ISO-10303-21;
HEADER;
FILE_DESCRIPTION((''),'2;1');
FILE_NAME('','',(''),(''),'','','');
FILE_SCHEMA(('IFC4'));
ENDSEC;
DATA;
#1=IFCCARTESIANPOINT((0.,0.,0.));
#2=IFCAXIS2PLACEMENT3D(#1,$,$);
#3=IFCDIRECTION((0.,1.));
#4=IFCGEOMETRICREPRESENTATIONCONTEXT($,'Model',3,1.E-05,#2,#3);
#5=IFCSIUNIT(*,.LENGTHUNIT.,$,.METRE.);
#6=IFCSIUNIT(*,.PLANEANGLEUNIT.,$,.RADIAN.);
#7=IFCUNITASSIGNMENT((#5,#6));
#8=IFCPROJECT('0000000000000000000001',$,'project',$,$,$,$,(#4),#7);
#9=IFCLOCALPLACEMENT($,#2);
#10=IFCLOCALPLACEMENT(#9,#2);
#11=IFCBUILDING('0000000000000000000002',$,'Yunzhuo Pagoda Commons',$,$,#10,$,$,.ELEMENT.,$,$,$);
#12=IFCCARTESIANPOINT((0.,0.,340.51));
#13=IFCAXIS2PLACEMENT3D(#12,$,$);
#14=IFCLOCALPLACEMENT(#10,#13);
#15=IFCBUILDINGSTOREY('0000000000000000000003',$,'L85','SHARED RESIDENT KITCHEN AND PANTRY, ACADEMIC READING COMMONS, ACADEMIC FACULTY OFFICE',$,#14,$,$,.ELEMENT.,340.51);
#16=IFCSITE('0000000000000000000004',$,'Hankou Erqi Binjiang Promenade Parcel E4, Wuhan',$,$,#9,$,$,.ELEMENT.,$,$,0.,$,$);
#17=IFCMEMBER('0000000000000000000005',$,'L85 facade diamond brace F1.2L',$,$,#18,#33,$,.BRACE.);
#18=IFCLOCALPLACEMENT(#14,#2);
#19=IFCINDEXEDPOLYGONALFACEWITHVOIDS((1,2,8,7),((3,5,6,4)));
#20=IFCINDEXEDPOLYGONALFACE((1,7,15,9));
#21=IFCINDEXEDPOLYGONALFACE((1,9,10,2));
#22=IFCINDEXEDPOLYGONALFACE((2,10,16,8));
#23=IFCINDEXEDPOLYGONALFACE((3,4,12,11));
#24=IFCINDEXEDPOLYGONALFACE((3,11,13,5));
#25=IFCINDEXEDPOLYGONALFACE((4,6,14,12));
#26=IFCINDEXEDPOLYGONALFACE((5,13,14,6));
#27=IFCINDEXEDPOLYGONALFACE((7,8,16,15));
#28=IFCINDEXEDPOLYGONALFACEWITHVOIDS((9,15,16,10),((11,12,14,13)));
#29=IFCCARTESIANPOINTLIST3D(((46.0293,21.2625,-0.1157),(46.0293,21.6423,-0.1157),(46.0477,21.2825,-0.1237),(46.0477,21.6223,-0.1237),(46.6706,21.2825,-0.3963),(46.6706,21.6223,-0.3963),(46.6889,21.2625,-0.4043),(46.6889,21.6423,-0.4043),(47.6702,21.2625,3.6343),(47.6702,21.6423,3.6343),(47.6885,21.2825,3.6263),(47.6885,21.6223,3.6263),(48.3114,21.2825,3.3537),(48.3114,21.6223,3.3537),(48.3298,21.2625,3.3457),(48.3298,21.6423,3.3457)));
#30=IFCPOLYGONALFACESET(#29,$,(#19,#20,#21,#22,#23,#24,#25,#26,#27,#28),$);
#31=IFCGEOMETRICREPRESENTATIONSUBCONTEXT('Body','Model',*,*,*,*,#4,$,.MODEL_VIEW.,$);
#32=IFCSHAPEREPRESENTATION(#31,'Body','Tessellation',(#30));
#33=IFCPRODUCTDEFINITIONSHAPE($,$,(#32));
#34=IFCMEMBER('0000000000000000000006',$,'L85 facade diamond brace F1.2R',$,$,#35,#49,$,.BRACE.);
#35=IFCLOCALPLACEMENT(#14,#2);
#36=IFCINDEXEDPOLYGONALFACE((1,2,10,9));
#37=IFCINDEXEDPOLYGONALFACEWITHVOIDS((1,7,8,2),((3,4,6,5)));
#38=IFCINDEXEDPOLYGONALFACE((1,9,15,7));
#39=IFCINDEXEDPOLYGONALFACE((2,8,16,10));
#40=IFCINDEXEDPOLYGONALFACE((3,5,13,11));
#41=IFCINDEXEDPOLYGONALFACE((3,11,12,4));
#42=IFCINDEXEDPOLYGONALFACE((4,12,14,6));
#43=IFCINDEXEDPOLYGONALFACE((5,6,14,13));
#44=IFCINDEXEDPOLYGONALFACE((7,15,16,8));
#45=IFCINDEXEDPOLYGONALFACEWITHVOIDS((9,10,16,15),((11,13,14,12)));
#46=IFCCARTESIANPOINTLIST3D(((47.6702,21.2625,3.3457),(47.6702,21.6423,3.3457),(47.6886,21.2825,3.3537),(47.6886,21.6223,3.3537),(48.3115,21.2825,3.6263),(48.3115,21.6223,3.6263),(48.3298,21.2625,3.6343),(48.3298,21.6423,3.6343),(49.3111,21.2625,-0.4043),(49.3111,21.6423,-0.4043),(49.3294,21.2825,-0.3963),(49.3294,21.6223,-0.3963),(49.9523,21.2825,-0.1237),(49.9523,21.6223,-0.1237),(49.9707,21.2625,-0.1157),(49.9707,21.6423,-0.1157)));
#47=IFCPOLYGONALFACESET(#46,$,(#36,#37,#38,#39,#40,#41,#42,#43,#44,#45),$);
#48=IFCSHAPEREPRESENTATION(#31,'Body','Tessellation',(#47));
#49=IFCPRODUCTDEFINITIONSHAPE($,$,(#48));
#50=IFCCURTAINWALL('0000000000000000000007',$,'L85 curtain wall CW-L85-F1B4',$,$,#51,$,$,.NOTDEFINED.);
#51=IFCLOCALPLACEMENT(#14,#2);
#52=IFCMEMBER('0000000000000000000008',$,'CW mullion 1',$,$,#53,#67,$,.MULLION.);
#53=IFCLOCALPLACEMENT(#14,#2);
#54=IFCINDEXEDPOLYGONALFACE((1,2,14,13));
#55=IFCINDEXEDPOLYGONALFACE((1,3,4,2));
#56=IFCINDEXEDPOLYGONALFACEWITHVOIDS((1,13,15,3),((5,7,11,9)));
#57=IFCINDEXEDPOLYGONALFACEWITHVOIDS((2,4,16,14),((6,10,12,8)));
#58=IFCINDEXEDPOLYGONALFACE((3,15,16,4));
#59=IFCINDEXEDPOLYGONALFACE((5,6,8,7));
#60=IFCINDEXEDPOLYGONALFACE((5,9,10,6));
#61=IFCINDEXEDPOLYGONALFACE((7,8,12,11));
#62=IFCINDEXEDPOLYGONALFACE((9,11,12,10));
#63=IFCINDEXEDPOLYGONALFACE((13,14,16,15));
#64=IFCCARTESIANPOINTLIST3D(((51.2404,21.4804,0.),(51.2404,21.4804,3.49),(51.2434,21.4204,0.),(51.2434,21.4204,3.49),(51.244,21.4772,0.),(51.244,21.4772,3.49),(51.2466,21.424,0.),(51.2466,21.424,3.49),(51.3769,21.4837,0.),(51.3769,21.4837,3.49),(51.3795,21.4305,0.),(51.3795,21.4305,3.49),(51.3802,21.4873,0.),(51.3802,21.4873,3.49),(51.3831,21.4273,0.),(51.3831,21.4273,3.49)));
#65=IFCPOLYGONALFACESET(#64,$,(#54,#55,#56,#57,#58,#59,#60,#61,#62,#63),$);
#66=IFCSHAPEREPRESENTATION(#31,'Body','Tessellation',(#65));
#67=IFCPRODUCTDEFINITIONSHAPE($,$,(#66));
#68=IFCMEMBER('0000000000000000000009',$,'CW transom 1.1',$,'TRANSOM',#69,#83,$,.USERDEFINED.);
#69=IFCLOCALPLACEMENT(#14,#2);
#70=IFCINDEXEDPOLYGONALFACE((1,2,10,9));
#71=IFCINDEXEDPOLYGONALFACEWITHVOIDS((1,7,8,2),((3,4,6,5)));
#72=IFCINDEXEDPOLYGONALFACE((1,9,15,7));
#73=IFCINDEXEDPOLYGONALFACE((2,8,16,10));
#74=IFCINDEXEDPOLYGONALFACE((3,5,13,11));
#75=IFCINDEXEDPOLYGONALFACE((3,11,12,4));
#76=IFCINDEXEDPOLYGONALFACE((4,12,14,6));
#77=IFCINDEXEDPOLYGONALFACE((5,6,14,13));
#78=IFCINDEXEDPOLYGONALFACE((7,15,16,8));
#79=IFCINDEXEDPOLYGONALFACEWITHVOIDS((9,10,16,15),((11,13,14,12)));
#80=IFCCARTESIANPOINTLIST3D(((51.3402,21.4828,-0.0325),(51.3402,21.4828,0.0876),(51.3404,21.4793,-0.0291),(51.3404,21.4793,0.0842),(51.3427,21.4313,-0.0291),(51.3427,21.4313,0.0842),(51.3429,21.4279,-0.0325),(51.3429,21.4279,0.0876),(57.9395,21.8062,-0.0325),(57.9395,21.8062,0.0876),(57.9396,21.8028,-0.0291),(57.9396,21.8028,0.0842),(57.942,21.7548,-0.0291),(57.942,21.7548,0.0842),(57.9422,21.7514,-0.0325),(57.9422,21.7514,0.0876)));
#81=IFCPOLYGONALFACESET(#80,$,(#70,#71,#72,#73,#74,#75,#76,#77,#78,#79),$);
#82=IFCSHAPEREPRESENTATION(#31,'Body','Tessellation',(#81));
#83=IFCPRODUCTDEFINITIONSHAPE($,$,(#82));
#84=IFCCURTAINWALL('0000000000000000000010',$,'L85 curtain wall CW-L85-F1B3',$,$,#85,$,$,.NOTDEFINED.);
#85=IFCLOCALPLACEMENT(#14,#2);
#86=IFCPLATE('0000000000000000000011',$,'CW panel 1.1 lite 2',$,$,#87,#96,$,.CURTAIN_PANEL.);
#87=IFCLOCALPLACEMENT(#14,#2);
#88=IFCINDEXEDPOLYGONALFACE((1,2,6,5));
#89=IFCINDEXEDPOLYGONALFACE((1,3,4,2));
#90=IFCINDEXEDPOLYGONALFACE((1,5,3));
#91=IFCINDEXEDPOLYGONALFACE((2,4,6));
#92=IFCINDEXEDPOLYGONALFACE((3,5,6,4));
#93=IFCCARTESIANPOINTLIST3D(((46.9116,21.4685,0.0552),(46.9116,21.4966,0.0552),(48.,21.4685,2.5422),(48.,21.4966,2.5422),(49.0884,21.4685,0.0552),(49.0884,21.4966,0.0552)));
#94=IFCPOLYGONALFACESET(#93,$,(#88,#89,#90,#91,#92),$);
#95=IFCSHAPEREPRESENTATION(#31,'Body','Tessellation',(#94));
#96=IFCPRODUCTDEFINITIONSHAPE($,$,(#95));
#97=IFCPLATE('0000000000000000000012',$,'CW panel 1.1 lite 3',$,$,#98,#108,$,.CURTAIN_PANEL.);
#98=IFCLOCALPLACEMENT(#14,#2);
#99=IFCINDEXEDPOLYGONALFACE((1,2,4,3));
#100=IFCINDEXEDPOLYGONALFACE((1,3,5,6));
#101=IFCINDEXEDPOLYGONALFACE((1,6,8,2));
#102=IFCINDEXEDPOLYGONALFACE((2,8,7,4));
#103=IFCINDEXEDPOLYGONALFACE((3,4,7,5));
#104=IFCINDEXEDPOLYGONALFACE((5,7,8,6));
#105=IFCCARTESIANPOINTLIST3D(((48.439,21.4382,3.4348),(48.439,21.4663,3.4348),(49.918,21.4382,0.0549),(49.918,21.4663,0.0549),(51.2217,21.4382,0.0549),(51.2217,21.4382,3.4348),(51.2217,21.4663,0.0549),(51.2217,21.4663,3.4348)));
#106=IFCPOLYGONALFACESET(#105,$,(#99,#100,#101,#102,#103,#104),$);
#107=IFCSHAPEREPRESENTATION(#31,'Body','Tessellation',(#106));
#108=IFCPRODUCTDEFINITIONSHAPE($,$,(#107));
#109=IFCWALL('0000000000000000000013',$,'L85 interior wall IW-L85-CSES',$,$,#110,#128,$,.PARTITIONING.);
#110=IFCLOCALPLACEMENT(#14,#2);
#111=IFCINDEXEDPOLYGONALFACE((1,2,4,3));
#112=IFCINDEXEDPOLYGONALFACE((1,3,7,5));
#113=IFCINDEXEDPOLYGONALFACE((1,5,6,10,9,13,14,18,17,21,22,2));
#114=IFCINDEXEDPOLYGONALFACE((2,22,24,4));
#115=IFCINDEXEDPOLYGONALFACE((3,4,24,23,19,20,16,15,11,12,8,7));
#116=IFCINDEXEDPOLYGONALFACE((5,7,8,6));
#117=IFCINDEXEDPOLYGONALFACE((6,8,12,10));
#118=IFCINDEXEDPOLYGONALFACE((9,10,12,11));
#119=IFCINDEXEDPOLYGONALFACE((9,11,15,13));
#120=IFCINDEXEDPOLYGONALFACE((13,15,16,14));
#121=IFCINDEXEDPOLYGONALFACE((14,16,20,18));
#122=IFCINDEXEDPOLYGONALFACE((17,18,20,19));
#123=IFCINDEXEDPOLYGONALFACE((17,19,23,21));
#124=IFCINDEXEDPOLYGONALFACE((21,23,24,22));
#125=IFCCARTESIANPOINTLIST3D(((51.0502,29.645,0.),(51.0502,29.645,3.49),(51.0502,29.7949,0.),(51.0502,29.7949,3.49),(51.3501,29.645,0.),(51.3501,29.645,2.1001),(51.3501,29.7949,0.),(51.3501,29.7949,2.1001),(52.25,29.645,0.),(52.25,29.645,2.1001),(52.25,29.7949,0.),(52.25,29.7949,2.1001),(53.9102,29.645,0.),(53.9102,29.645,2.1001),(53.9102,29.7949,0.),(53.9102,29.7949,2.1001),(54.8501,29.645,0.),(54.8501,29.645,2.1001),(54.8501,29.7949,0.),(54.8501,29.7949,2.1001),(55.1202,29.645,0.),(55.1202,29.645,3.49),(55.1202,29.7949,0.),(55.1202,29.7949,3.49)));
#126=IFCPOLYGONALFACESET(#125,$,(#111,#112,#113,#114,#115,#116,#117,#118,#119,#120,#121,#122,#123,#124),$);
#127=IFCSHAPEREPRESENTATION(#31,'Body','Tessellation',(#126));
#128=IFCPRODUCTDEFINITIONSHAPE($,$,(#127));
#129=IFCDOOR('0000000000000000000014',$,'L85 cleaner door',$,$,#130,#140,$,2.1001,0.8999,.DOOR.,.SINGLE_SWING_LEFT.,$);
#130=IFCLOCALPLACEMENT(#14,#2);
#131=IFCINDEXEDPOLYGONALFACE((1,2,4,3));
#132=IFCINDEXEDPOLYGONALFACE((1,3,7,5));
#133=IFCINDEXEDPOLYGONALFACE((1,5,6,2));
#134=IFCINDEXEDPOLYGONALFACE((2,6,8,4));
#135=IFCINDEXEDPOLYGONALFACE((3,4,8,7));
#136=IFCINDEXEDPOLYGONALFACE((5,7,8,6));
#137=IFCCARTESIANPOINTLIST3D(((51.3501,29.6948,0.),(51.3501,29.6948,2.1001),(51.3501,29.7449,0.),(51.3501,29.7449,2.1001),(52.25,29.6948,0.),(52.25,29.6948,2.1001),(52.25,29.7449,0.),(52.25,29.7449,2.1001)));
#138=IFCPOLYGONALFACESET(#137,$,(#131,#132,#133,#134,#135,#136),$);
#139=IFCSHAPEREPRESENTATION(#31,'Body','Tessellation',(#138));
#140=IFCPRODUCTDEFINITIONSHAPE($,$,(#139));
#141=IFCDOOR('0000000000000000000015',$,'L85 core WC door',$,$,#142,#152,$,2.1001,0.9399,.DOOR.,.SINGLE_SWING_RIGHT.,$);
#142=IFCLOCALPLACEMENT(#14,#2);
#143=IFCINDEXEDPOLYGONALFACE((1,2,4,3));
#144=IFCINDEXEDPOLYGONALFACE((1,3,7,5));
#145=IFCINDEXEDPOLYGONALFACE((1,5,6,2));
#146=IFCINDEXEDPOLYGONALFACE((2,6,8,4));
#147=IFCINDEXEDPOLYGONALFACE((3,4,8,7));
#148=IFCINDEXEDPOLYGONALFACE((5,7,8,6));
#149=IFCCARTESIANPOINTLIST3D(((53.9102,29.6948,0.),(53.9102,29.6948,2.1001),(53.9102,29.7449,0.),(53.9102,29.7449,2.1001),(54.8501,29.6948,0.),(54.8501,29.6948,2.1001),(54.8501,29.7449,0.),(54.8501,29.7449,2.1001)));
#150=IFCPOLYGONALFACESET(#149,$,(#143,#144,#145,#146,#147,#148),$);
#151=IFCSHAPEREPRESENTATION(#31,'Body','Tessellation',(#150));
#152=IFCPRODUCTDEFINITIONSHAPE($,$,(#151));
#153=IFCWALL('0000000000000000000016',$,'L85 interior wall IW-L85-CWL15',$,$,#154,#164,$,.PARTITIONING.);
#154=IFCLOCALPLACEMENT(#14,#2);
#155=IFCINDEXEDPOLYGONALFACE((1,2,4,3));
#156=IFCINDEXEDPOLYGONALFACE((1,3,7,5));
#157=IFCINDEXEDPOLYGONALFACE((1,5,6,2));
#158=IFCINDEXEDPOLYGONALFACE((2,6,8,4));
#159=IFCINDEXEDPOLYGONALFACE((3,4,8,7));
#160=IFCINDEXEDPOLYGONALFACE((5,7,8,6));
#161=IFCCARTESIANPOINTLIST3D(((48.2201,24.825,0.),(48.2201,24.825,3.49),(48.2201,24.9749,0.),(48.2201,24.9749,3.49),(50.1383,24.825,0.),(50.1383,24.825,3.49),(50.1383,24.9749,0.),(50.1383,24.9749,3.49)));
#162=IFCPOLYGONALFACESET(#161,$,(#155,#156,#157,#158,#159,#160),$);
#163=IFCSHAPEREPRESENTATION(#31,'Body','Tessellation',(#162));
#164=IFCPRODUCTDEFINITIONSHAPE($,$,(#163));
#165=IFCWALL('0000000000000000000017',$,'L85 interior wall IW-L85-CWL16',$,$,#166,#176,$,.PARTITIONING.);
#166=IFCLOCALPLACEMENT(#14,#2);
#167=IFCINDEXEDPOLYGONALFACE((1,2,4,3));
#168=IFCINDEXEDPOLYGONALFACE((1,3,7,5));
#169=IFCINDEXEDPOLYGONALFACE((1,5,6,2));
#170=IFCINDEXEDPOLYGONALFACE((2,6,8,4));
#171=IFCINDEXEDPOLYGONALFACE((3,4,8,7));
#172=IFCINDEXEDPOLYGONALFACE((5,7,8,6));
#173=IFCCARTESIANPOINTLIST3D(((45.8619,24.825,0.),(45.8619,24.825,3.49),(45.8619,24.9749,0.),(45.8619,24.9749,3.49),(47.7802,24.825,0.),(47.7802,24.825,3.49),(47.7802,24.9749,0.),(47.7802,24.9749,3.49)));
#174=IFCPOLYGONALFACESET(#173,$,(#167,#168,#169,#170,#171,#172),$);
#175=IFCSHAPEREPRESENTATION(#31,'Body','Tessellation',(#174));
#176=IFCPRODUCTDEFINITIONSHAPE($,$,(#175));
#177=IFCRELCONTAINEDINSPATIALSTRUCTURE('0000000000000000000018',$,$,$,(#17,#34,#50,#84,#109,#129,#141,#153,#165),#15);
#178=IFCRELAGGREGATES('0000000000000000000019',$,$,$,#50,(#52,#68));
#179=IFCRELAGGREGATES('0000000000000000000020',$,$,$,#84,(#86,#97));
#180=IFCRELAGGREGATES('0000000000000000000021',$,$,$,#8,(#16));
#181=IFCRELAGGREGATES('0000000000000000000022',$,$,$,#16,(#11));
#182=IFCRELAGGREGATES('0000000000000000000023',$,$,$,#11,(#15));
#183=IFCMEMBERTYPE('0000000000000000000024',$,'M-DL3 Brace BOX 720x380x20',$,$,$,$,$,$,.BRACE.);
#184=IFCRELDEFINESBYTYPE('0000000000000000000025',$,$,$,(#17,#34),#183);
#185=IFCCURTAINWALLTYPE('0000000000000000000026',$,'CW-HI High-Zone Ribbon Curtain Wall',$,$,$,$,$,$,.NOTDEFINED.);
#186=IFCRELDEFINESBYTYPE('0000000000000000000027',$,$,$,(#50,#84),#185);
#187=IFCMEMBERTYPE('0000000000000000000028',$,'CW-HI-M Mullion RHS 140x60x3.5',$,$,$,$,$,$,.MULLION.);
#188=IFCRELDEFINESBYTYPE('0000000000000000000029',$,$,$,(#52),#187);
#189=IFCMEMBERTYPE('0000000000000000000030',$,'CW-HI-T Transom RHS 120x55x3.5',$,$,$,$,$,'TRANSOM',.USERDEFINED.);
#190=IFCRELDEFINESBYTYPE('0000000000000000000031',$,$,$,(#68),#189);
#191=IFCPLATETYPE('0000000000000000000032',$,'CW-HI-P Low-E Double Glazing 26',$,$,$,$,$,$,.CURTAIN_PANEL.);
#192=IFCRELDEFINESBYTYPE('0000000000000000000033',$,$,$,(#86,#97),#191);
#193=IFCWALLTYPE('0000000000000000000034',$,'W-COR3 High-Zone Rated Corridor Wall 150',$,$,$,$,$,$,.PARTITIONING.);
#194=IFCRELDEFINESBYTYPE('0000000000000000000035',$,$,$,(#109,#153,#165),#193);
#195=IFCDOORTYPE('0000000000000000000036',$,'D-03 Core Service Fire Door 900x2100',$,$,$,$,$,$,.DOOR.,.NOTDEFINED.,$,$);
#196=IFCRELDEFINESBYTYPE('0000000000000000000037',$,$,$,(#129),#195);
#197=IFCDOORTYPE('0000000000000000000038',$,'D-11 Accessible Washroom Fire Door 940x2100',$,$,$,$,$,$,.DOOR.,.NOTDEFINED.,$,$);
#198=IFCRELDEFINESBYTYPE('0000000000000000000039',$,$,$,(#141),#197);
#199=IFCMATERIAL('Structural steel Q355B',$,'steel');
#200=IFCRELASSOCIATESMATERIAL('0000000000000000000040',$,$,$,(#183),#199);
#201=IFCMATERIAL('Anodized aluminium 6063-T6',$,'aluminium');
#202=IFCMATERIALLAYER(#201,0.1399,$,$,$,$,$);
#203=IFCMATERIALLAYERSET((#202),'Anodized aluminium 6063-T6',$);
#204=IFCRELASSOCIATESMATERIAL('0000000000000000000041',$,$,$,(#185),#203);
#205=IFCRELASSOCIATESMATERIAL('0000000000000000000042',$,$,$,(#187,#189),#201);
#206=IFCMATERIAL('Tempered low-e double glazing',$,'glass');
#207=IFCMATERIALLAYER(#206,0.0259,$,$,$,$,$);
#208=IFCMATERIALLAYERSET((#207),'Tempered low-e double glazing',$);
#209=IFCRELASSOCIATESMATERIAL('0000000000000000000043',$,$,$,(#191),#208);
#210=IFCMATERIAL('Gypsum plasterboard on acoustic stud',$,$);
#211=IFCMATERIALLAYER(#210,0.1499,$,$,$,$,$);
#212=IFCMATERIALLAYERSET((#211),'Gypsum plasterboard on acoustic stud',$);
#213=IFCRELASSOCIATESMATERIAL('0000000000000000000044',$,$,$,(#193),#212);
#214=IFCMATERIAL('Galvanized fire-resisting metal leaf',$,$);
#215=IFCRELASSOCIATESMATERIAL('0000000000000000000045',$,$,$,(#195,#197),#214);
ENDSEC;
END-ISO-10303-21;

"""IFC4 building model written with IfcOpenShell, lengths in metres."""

from ifc_helpers import new_model, si_unit, direction, frame, frame_2d, origin, origin_with_axes, origin_2d, place, context, subcontext, project, spatial, polyline, rectangle, hollow_rectangle, outline, extrude, source, transform, mapped, material, layer, layer_set, material_profile, profile_set, type_object, element, fill, aggregate, save


model = new_model("IFC4")

# Units and contexts
model_context = context("Model", 3, precision=1e-05, world=origin(), true_north=direction((0.0, 1.0)))
body_context = subcontext(model_context, "Body", "Model", "MODEL_VIEW")
ifc_project = project(units=[si_unit("LENGTHUNIT", "METRE"), si_unit("PLANEANGLEUNIT", "RADIAN")], contexts=[model_context])

# Site, building, storey
site_placement = place(None, origin())
site = spatial("IfcSite", under=ifc_project, at=site_placement, Name="Hankou Erqi Binjiang Promenade Parcel E4, Wuhan", CompositionType="ELEMENT", RefElevation=0.0)
building_placement = place(site_placement, origin())
building = spatial("IfcBuilding", under=site, at=building_placement, Name="Yunzhuo Pagoda Commons", CompositionType="ELEMENT")
storey_placement = place(building_placement, frame((0.0, 0.0, 340.51)))
storey = spatial("IfcBuildingStorey", under=building, at=storey_placement, Name="L85", Description="SHARED RESIDENT KITCHEN AND PANTRY, ACADEMIC READING COMMONS, ACADEMIC FACULTY OFFICE", CompositionType="ELEMENT", Elevation=340.51)

# Shared definitions
ifc_material_1 = material(Name="Structural steel Q355B", Category="steel")

# Members
ifc_material_profile_1 = material_profile(ifc_material_1, hollow_rectangle(XDim=0.3799, YDim=0.72, WallThickness=0.02, at=origin_2d()), Name="Structural steel Q355B")
ifc_profile_set_1 = profile_set([ifc_material_profile_1], Name="Structural steel Q355B")
member_type_1 = type_object("IfcMemberType", Name="M-DL3 Brace BOX 720x380x20", PredefinedType="BRACE", material=ifc_profile_set_1)
shared_shape_1 = source(origin(), body_context, "Body", "SweptSolid", [
    extrude(hollow_rectangle(XDim=0.3799, YDim=0.72, WallThickness=0.02, at=origin_2d()), origin(), (0.0, 0.0, 1.0), 4.0933),
])
for number, where, z_axis, x_axis, name in (
    (1, (46.3591, 21.4524, -0.26), (0.400869, 0.0, 0.916135), (0.0, 1.0, 0.0), "L85 facade diamond brace F1.2L"),
    (2, (49.6409, 21.4524, -0.26), (-0.400869, 0.0, 0.916135), (0.0, -1.0, 0.0), "L85 facade diamond brace F1.2R"),
):
    element("IfcMember", number, at=place(storey_placement, frame(where, z_axis=z_axis, x_axis=x_axis)), inside=storey, type_object=member_type_1, Name=name, PredefinedType="BRACE", context=body_context, shape_type="MappedRepresentation", body=[
        mapped(shared_shape_1, transform((0.0, 0.0, 0.0), scale=1.0)),
    ])

# Curtain wall, members
ifc_material_2 = material(Name="Anodized aluminium 6063-T6", Category="aluminium")
ifc_layer_1 = layer(ifc_material_2, 0.1399)
ifc_layer_set_1 = layer_set([ifc_layer_1], Name="Anodized aluminium 6063-T6")
curtain_wall_type = type_object("IfcCurtainWallType", Name="CW-HI High-Zone Ribbon Curtain Wall", PredefinedType="NOTDEFINED", material=ifc_layer_set_1)
curtain_wall_1_placement = place(storey_placement, origin())
curtain_wall_1 = element("IfcCurtainWall", 3, at=curtain_wall_1_placement, inside=storey, type_object=curtain_wall_type, Name="L85 curtain wall CW-L85-F1B4", PredefinedType="NOTDEFINED")
ifc_material_profile_2 = material_profile(ifc_material_2, hollow_rectangle(XDim=0.0601, YDim=0.1399, WallThickness=0.0034, at=origin_2d()), Name="Anodized aluminium 6063-T6")
ifc_profile_set_2 = profile_set([ifc_material_profile_2], Name="Anodized aluminium 6063-T6")
member_type_2 = type_object("IfcMemberType", Name="CW-HI-M Mullion RHS 140x60x3.5", PredefinedType="MULLION", material=ifc_profile_set_2)
shared_shape_2 = source(origin(), body_context, "Body", "SweptSolid", [
    extrude(hollow_rectangle(XDim=0.0601, YDim=0.1399, WallThickness=0.0034, at=origin_2d()), origin(), (0.0, 0.0, 1.0), 3.49),
])
member_1_placement = place(storey_placement, frame((51.3118, 21.4539, 0.0), z_axis=(0.0, 0.0, 1.0), x_axis=(-0.048906, 0.998803, 0.0)))
member_1 = element("IfcMember", 4, at=member_1_placement, type_object=member_type_2, Name="CW mullion 1", PredefinedType="MULLION", context=body_context, shape_type="MappedRepresentation", body=[
    mapped(shared_shape_2, transform((0.0, 0.0, 0.0), scale=1.0)),
])
ifc_material_profile_3 = material_profile(ifc_material_2, hollow_rectangle(XDim=0.0549, YDim=0.1201, WallThickness=0.0034, at=origin_2d()), Name="Anodized aluminium 6063-T6")
ifc_profile_set_3 = profile_set([ifc_material_profile_3], Name="Anodized aluminium 6063-T6")
member_type_3 = type_object("IfcMemberType", Name="CW-HI-T Transom RHS 120x55x3.5", ElementType="TRANSOM", PredefinedType="USERDEFINED", material=ifc_profile_set_3)
shared_shape_3 = source(origin(), body_context, "Body", "SweptSolid", [
    extrude(hollow_rectangle(XDim=0.0549, YDim=0.1201, WallThickness=0.0034, at=origin_2d()), origin(), (0.0, 0.0, 1.0), 6.6072),
])
member_2_placement = place(storey_placement, frame((51.3416, 21.4553, 0.0276), z_axis=(0.998801, 0.048959, 0.0), x_axis=(-0.048959, 0.998801, 0.0)))
member_2 = element("IfcMember", 5, at=member_2_placement, type_object=member_type_3, Name="CW transom 1.1", ObjectType="TRANSOM", PredefinedType="USERDEFINED", context=body_context, shape_type="MappedRepresentation", body=[
    mapped(shared_shape_3, transform((0.0, 0.0, 0.0), scale=1.0)),
])
aggregate(curtain_wall_1, [member_1, member_2])

# Curtain wall, plates
curtain_wall_2_placement = place(storey_placement, origin())
curtain_wall_2 = element("IfcCurtainWall", 6, at=curtain_wall_2_placement, inside=storey, type_object=curtain_wall_type, Name="L85 curtain wall CW-L85-F1B3", PredefinedType="NOTDEFINED")
ifc_material_3 = material(Name="Tempered low-e double glazing", Category="glass")
ifc_layer_2 = layer(ifc_material_3, 0.0259)
ifc_layer_set_2 = layer_set([ifc_layer_2], Name="Tempered low-e double glazing")
plate_type = type_object("IfcPlateType", Name="CW-HI-P Low-E Double Glazing 26", PredefinedType="CURTAIN_PANEL", material=ifc_layer_set_2)
plate_1_placement = place(storey_placement, frame((48.0, 21.4966, 1.2986), z_axis=(0.0, -1.0, 0.0), x_axis=(1.0, 0.0, 0.0)))
plate_1 = element("IfcPlate", 7, at=plate_1_placement, type_object=plate_type, Name="CW panel 1.1 lite 2", PredefinedType="CURTAIN_PANEL", context=body_context, shape_type="SweptSolid", body=[
    extrude(outline(polyline([(-1.0884, -1.2434), (1.0884, -1.2434), (0.0, 1.2437), (-1.0884, -1.2434)])), origin(), (0.0, 0.0, 1.0), 0.0281),
])
plate_2_placement = place(storey_placement, frame((49.8303, 21.4663, 1.7449), z_axis=(0.0, -1.0, 0.0), x_axis=(1.0, 0.0, 0.0)))
plate_2 = element("IfcPlate", 8, at=plate_2_placement, type_object=plate_type, Name="CW panel 1.1 lite 3", PredefinedType="CURTAIN_PANEL", context=body_context, shape_type="SweptSolid", body=[
    extrude(outline(polyline([(-1.3914, 1.6899), (0.0876, -1.6899), (1.3914, -1.6899), (1.3914, 1.6899), (-1.3914, 1.6899)])), origin(), (0.0, 0.0, 1.0), 0.0281),
])
aggregate(curtain_wall_2, [plate_1, plate_2])

# Wall, openings, doors
ifc_material_4 = material(Name="Gypsum plasterboard on acoustic stud")
ifc_layer_3 = layer(ifc_material_4, 0.1499)
ifc_layer_set_3 = layer_set([ifc_layer_3], Name="Gypsum plasterboard on acoustic stud")
wall_type_1 = type_object("IfcWallType", Name="W-COR3 High-Zone Rated Corridor Wall 150", PredefinedType="PARTITIONING", material=ifc_layer_set_3)
wall_1_placement = place(storey_placement, frame((51.05, 29.72, 0.0), z_axis=(0.0, 0.0, 1.0), x_axis=(1.0, 0.0, 0.0)))
wall_1 = element("IfcWall", 9, at=wall_1_placement, inside=storey, type_object=wall_type_1, Name="L85 interior wall IW-L85-CSES", PredefinedType="PARTITIONING", context=body_context, shape_type="SweptSolid", body=[
    extrude(rectangle(XDim=4.0701, YDim=0.1499, at=frame_2d((2.0352, 0.0))), origin(), (0.0, 0.0, 1.0), 3.49),
])
opening_1_placement = place(wall_1_placement, frame((0.3, 0.0, 0.0)))
opening_1 = element("IfcOpeningElement", 10, at=opening_1_placement, cuts=wall_1, PredefinedType="OPENING", context=body_context, shape_type="SweptSolid", body=[
    extrude(rectangle(XDim=0.8999, YDim=2.1001, at=frame_2d((0.45, 1.05))), frame((0.0, 0.085, 0.0), z_axis=(0.0, -1.0, 0.0), x_axis=(1.0, 0.0, 0.0)), (0.0, 0.0, 1.0), 0.1699),
])
opening_2_placement = place(wall_1_placement, frame((2.8601, 0.0, 0.0)))
opening_2 = element("IfcOpeningElement", 11, at=opening_2_placement, cuts=wall_1, PredefinedType="OPENING", context=body_context, shape_type="SweptSolid", body=[
    extrude(rectangle(XDim=0.9399, YDim=2.1001, at=frame_2d((0.47, 1.05))), frame((0.0, 0.085, 0.0), z_axis=(0.0, -1.0, 0.0), x_axis=(1.0, 0.0, 0.0)), (0.0, 0.0, 1.0), 0.1699),
])
ifc_material_5 = material(Name="Galvanized fire-resisting metal leaf")
door_type_1 = type_object("IfcDoorType", Name="D-03 Core Service Fire Door 900x2100", OperationType="NOTDEFINED", PredefinedType="DOOR", material=ifc_material_5)
shared_shape_4 = source(origin(), body_context, "Body", "SweptSolid", [
    extrude(rectangle(XDim=0.8999, YDim=2.1001, at=frame_2d((0.45, 1.05))), frame((0.0, 0.0249, 0.0), z_axis=(0.0, -1.0, 0.0), x_axis=(1.0, 0.0, 0.0)), (0.0, 0.0, 1.0), 0.05),
])
door_1_placement = place(opening_1_placement, origin_with_axes())
door_1 = element("IfcDoor", 12, at=door_1_placement, inside=storey, type_object=door_type_1, Name="L85 cleaner door", OperationType="SINGLE_SWING_LEFT", OverallHeight=2.1001, OverallWidth=0.8999, PredefinedType="DOOR", context=body_context, shape_type="MappedRepresentation", body=[
    mapped(shared_shape_4, transform((0.0, 0.0, 0.0), scale=1.0)),
])
fill(opening_1, door_1)
door_type_2 = type_object("IfcDoorType", Name="D-11 Accessible Washroom Fire Door 940x2100", OperationType="NOTDEFINED", PredefinedType="DOOR", material=ifc_material_5)
shared_shape_5 = source(origin(), body_context, "Body", "SweptSolid", [
    extrude(rectangle(XDim=0.9399, YDim=2.1001, at=frame_2d((0.47, 1.05))), frame((0.0, 0.0249, 0.0), z_axis=(0.0, -1.0, 0.0), x_axis=(1.0, 0.0, 0.0)), (0.0, 0.0, 1.0), 0.05),
])
door_2_placement = place(opening_2_placement, origin_with_axes())
door_2 = element("IfcDoor", 13, at=door_2_placement, inside=storey, type_object=door_type_2, Name="L85 core WC door", OperationType="SINGLE_SWING_RIGHT", OverallHeight=2.1001, OverallWidth=0.9399, PredefinedType="DOOR", context=body_context, shape_type="MappedRepresentation", body=[
    mapped(shared_shape_5, transform((0.0, 0.0, 0.0), scale=1.0)),
])
fill(opening_2, door_2)

# Walls
for number, where, z_axis, x_axis, name in (
    (14, (50.1382, 24.8999, 0.0), (0.0, 0.0, 1.0), (-1.0, 0.0, 0.0), "L85 interior wall IW-L85-CWL15"),
    (15, (47.78, 24.8999, 0.0), (0.0, 0.0, 1.0), (-1.0, 0.0, 0.0), "L85 interior wall IW-L85-CWL16"),
):
    element("IfcWall", number, at=place(storey_placement, frame(where, z_axis=z_axis, x_axis=x_axis)), inside=storey, type_object=wall_type_1, Name=name, PredefinedType="PARTITIONING", context=body_context, shape_type="SweptSolid", body=[
        extrude(rectangle(XDim=1.9182, YDim=0.1499, at=frame_2d((0.959, 0.0))), origin(), (0.0, 0.0, 1.0), 3.49),
    ])

save(model, "model.ifc")
